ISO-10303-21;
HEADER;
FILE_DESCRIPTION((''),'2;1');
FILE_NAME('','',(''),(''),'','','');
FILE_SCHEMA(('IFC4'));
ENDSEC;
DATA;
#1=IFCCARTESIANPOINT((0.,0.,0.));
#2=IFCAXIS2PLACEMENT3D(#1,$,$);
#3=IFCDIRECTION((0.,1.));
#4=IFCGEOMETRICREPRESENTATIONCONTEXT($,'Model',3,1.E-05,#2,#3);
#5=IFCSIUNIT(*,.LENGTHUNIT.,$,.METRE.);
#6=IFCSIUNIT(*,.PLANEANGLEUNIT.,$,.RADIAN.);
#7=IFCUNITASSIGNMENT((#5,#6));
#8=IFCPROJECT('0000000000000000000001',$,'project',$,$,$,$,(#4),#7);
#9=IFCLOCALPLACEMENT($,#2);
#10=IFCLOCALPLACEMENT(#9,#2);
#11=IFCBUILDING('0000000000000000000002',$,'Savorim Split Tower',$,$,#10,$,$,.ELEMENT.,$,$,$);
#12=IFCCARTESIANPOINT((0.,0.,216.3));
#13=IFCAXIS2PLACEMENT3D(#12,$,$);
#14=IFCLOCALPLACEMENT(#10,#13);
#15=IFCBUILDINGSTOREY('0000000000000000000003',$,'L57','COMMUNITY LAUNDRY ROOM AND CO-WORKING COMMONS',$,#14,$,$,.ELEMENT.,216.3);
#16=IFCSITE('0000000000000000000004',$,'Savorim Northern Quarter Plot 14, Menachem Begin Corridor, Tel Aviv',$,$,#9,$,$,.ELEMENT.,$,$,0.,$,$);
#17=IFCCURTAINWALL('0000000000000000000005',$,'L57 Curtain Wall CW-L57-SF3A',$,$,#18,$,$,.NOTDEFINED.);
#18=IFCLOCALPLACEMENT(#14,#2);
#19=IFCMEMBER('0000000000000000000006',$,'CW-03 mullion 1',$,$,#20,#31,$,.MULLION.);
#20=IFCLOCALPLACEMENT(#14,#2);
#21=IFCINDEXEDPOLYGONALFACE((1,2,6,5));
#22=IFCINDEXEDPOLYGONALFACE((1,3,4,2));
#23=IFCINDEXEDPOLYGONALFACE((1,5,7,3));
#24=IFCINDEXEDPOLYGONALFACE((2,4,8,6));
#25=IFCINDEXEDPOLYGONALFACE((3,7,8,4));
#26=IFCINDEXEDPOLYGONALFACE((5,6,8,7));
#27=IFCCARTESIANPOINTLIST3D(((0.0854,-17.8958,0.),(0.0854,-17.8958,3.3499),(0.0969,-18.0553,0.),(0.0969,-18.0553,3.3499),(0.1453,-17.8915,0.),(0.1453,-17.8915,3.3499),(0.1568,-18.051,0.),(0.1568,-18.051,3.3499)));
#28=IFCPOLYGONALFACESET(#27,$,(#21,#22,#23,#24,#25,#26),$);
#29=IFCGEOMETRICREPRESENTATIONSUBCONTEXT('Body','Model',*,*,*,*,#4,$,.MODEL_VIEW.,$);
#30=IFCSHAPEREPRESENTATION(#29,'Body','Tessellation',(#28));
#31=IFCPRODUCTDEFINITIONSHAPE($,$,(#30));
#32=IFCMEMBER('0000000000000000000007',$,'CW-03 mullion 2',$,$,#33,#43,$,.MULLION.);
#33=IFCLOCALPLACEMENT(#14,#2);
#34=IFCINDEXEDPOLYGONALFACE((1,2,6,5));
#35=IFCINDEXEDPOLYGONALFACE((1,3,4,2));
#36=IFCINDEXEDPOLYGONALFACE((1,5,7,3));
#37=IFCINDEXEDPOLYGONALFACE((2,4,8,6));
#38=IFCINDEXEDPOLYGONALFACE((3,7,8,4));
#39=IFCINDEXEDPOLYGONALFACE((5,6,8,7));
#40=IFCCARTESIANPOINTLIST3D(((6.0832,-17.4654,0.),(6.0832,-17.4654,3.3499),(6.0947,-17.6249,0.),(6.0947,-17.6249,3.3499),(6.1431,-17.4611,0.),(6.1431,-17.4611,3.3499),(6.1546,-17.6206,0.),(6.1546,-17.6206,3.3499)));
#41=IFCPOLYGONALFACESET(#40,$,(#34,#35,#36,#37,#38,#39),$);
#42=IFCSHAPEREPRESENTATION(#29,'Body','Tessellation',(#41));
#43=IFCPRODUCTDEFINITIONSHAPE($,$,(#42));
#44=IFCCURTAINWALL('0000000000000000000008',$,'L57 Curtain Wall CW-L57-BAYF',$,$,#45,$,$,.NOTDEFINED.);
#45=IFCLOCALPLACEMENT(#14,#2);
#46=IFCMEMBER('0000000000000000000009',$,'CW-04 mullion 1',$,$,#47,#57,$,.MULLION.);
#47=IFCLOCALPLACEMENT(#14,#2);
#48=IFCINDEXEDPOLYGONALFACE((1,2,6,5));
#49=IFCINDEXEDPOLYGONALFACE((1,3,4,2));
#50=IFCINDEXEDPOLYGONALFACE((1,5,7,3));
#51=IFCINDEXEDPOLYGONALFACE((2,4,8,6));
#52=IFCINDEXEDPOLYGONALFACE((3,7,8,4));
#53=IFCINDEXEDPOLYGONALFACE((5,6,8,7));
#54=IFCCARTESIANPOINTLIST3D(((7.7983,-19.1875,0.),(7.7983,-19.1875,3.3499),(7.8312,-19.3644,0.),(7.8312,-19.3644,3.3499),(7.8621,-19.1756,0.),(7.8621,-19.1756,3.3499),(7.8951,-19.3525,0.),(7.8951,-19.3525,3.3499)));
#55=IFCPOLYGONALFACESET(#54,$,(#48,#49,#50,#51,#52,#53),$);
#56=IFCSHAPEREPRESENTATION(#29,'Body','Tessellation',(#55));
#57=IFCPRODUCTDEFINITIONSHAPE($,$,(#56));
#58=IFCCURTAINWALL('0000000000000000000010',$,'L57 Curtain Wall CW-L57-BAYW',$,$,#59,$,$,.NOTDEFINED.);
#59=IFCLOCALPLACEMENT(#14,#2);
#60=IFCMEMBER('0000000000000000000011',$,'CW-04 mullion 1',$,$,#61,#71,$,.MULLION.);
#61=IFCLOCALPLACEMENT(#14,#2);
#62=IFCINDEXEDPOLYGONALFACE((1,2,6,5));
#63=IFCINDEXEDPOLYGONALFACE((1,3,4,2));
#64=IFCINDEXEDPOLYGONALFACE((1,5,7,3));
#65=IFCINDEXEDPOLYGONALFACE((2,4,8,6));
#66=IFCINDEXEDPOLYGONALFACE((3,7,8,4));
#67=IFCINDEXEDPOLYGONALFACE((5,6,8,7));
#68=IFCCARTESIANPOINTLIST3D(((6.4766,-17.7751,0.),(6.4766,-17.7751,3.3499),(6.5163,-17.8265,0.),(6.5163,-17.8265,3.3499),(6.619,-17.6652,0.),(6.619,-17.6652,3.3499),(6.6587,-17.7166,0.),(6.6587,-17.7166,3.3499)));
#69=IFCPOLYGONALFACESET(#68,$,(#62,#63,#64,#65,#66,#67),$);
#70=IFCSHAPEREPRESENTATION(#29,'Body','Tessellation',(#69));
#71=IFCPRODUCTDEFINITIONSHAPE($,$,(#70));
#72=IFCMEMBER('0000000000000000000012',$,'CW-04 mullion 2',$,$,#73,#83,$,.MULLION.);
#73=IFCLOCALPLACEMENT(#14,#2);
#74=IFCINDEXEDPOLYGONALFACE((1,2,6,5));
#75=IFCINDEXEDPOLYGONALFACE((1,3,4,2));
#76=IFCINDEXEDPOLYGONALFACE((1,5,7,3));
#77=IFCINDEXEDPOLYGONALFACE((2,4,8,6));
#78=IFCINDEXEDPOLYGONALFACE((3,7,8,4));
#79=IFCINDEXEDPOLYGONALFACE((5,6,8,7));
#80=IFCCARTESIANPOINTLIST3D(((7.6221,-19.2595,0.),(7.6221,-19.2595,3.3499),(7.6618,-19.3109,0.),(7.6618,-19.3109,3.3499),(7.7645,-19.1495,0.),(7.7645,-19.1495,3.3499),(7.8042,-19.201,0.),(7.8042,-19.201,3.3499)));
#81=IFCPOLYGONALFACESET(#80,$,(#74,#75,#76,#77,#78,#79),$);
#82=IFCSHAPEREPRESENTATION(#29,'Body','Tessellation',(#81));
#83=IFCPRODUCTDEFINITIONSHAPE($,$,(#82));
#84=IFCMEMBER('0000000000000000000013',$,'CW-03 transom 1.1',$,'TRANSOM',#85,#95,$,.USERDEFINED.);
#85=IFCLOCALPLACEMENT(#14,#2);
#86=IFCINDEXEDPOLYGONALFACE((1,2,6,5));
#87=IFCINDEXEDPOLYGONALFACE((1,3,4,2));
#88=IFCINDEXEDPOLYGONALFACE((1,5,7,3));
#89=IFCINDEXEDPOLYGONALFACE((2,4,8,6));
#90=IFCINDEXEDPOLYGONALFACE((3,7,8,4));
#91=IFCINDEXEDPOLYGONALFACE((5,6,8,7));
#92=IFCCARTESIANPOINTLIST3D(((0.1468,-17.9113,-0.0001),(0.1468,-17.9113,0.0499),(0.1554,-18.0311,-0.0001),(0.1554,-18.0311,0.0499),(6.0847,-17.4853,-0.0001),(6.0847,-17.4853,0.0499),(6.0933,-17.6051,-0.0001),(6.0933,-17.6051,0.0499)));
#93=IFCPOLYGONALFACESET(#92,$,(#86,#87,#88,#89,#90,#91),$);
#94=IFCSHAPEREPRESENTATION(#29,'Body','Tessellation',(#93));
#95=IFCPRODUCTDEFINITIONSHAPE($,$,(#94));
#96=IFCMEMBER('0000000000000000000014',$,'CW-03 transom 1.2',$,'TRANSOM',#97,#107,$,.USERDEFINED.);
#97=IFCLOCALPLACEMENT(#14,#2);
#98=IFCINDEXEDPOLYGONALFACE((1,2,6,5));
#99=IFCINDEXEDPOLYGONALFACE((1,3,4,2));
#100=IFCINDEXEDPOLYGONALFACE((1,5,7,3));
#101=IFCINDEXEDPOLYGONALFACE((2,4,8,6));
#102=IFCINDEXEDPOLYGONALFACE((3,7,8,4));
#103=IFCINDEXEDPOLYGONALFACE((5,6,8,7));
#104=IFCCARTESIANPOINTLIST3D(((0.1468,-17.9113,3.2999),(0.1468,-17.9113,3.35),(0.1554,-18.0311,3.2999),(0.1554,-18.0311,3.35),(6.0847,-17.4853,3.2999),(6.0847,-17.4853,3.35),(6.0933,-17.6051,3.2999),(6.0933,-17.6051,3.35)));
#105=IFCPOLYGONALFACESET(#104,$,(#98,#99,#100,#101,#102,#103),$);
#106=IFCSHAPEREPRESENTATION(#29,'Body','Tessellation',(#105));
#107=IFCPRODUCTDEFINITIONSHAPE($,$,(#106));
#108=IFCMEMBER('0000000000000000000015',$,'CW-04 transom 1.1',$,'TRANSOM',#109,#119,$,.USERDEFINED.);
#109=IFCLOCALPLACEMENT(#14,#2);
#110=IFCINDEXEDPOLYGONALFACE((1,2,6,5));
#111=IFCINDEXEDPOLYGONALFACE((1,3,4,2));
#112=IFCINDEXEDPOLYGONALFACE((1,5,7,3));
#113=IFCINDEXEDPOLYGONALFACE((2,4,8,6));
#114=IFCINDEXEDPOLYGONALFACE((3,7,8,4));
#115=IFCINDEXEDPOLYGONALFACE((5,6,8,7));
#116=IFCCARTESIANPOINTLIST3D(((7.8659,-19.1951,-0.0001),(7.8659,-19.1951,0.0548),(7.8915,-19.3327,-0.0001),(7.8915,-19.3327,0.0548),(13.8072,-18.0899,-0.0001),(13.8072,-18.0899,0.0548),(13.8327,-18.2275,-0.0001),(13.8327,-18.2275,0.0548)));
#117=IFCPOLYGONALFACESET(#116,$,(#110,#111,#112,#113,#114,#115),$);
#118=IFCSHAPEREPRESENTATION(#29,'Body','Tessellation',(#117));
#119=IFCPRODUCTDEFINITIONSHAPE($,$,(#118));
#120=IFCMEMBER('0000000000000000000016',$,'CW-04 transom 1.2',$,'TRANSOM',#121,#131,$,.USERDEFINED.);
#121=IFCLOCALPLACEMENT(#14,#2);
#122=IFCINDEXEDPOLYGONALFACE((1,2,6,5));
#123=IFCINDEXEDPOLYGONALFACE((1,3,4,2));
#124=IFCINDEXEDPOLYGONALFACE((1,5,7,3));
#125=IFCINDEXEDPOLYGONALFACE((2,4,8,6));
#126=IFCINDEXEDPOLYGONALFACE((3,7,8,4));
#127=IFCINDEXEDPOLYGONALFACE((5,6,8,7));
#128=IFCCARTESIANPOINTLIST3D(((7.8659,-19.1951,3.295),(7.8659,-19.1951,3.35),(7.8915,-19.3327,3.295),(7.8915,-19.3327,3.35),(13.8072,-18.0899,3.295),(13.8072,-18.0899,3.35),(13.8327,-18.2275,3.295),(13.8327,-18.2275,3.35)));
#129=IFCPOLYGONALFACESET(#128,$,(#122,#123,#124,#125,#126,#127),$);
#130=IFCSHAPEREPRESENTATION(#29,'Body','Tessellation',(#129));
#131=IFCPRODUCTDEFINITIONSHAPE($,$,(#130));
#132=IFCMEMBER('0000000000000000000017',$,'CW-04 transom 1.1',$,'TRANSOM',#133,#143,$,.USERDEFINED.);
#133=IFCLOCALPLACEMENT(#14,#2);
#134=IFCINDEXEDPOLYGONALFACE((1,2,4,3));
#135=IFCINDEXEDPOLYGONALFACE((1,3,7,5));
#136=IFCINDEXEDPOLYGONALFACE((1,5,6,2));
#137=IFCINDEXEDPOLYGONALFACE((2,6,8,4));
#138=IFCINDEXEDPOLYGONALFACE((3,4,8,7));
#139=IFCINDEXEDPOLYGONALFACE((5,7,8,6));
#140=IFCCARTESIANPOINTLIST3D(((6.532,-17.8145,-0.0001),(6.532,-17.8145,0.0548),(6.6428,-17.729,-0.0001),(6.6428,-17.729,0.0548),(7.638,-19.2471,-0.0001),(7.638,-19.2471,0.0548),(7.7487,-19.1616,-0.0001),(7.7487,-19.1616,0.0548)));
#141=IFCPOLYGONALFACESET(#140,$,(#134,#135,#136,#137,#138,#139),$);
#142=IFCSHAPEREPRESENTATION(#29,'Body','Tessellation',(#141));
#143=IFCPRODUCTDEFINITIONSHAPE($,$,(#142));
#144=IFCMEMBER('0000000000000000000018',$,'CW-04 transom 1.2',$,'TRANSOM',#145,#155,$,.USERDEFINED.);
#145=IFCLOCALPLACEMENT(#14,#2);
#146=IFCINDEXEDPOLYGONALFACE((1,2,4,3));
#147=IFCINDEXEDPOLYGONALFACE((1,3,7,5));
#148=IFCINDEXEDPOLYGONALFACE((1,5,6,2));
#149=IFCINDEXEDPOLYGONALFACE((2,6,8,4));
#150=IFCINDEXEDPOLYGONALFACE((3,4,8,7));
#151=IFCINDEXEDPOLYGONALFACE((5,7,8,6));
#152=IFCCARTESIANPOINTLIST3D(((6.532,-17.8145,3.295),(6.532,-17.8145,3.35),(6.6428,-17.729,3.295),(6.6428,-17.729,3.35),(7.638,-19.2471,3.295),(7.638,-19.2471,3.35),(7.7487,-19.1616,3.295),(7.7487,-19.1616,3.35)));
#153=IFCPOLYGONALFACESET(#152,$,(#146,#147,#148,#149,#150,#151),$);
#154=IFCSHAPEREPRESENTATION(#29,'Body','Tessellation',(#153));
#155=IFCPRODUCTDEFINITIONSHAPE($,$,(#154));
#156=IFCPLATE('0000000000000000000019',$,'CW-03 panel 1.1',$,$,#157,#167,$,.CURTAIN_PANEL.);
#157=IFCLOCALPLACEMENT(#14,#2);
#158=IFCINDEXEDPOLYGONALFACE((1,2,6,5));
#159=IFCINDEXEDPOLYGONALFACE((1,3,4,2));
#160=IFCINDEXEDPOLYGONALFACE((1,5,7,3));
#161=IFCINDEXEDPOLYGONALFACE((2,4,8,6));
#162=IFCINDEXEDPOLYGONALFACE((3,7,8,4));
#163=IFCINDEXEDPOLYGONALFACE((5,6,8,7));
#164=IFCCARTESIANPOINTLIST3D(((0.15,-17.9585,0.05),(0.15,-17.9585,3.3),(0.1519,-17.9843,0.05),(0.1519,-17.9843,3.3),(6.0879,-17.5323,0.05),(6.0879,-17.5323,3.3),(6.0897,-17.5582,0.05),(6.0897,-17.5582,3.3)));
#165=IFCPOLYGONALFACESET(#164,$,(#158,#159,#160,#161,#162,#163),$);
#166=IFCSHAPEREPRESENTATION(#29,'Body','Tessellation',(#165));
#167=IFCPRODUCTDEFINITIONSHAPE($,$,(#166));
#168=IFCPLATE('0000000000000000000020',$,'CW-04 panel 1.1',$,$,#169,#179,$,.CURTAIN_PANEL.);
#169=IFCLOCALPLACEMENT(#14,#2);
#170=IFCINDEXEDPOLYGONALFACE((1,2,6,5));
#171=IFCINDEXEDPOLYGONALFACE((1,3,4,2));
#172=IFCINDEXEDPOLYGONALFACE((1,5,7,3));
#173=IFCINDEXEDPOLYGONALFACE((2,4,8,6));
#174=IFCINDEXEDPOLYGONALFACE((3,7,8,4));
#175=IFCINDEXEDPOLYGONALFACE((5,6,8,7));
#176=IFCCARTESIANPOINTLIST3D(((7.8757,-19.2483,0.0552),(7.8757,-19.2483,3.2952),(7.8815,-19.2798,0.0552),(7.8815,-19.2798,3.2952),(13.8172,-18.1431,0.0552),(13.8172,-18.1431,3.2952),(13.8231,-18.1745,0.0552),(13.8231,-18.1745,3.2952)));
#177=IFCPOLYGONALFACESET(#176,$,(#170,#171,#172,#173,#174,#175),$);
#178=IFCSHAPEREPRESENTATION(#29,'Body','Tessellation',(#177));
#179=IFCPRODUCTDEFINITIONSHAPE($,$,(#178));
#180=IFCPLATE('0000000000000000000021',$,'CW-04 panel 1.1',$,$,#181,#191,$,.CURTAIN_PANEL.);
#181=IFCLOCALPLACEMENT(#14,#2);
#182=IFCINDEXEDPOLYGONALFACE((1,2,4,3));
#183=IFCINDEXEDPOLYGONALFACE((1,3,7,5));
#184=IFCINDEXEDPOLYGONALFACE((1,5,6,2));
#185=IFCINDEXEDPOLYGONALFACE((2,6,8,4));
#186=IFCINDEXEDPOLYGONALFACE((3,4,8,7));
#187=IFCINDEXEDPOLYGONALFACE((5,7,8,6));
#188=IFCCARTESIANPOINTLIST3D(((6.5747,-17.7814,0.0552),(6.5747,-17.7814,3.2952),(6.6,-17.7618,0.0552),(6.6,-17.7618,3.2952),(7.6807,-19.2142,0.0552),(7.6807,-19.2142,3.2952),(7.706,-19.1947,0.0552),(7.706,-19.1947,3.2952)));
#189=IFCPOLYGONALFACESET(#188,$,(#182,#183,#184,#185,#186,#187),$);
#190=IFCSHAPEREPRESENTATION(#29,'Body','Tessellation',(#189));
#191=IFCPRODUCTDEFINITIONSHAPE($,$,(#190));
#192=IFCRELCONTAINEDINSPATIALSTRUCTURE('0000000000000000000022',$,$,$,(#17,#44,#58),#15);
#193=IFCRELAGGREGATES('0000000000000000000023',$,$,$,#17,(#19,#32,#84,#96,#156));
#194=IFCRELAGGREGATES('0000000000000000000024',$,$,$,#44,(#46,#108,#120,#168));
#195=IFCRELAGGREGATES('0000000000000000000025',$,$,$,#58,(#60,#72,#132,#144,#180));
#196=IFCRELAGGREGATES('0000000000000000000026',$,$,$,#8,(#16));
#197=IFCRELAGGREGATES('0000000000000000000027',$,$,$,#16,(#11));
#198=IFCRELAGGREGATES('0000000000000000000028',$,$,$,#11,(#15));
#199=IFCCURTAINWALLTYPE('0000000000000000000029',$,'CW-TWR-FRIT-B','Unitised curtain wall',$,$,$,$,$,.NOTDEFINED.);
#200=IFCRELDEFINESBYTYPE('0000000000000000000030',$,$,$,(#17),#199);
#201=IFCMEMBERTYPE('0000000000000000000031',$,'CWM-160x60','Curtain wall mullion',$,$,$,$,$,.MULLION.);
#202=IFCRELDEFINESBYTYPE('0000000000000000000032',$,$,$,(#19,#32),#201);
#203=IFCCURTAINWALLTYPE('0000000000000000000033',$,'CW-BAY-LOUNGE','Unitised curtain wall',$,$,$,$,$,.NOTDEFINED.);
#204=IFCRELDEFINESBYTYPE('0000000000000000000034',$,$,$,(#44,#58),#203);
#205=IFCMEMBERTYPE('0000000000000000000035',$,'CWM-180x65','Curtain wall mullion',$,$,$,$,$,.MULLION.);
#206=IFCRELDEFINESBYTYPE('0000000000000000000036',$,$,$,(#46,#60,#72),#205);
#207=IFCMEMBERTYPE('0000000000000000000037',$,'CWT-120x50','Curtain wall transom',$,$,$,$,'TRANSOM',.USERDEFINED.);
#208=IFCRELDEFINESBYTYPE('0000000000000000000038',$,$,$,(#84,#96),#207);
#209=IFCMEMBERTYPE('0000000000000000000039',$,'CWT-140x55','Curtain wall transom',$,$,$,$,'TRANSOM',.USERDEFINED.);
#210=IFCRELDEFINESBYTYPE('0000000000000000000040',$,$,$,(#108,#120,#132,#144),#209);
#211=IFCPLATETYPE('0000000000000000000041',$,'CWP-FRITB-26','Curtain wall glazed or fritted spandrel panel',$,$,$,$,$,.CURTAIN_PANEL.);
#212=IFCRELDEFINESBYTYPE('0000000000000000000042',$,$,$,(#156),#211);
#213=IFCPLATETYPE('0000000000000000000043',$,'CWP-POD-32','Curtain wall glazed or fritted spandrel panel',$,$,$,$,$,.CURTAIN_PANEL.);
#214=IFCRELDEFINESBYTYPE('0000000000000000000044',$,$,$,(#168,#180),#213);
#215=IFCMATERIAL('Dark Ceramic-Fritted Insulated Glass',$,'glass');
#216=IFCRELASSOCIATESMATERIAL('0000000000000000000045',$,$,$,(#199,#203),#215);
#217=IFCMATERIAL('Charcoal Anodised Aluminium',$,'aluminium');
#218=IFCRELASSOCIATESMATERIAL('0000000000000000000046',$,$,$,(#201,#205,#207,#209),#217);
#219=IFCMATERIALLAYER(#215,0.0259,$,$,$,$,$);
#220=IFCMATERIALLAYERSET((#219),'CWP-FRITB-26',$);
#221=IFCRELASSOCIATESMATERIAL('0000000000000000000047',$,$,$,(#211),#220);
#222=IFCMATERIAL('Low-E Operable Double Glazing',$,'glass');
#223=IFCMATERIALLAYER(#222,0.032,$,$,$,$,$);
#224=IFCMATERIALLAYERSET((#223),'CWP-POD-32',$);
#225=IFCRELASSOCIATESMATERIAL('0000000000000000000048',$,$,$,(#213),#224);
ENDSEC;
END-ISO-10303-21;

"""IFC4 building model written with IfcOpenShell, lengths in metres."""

from ifc_helpers import new_model, si_unit, direction, frame, origin, origin_2d, place, context, subcontext, project, spatial, rectangle, extrude, material, layer, layer_set, material_profile, profile_set, type_object, element, aggregate, save


model = new_model("IFC4")

# Units and contexts
model_context = context("Model", 3, precision=1e-05, world=origin(), true_north=direction((0.0, 1.0)))
body_context = subcontext(model_context, "Body", "Model", "MODEL_VIEW")
ifc_project = project(units=[si_unit("LENGTHUNIT", "METRE"), si_unit("PLANEANGLEUNIT", "RADIAN")], contexts=[model_context])

# Site, building, storey
site_placement = place(None, origin())
site = spatial("IfcSite", under=ifc_project, at=site_placement, Name="Savorim Northern Quarter Plot 14, Menachem Begin Corridor, Tel Aviv", CompositionType="ELEMENT", RefElevation=0.0)
building_placement = place(site_placement, origin())
building = spatial("IfcBuilding", under=site, at=building_placement, Name="Savorim Split Tower", CompositionType="ELEMENT")
storey_placement = place(building_placement, frame((0.0, 0.0, 216.3)))
storey = spatial("IfcBuildingStorey", under=building, at=storey_placement, Name="L57", Description="COMMUNITY LAUNDRY ROOM AND CO-WORKING COMMONS", CompositionType="ELEMENT", Elevation=216.3)

# Curtain wall, members
ifc_material_1 = material(Name="Dark Ceramic-Fritted Insulated Glass", Category="glass")
curtain_wall_type_1 = type_object("IfcCurtainWallType", Name="CW-TWR-FRIT-B", Description="Unitised curtain wall", PredefinedType="NOTDEFINED", material=ifc_material_1)
curtain_wall_1_placement = place(storey_placement, origin())
curtain_wall_1 = element("IfcCurtainWall", 1, at=curtain_wall_1_placement, inside=storey, type_object=curtain_wall_type_1, Name="L57 Curtain Wall CW-L57-SF3A", PredefinedType="NOTDEFINED")
ifc_material_2 = material(Name="Charcoal Anodised Aluminium", Category="aluminium")
ifc_material_profile_1 = material_profile(ifc_material_2, rectangle(XDim=0.1599, YDim=0.0601, at=origin_2d()), Name="ALU-M 160x60")
ifc_profile_set_1 = profile_set([ifc_material_profile_1], Name="Charcoal Anodised Aluminium")
member_type_1 = type_object("IfcMemberType", Name="CWM-160x60", Description="Curtain wall mullion", PredefinedType="MULLION", material=ifc_profile_set_1)
member_1_placement = place(storey_placement, frame((0.1211, -17.9734, 0.0), z_axis=(0.0, 0.0, 1.0), x_axis=(-0.071578, 0.997435, 0.0)))
member_1 = element("IfcMember", 2, at=member_1_placement, type_object=member_type_1, Name="CW-03 mullion 1", PredefinedType="MULLION", context=body_context, shape_type="SweptSolid", body=[
    extrude(rectangle(XDim=0.1599, YDim=0.0601, at=origin_2d()), origin(), (0.0, 0.0, 1.0), 3.3499),
])
member_2_placement = place(storey_placement, frame((6.1189, -17.543, 0.0), z_axis=(0.0, 0.0, 1.0), x_axis=(-0.071578, 0.997435, 0.0)))
member_2 = element("IfcMember", 3, at=member_2_placement, type_object=member_type_1, Name="CW-03 mullion 2", PredefinedType="MULLION", context=body_context, shape_type="SweptSolid", body=[
    extrude(rectangle(XDim=0.1599, YDim=0.0601, at=origin_2d()), origin(), (0.0, 0.0, 1.0), 3.3499),
])

# Curtain wall, member
curtain_wall_type_2 = type_object("IfcCurtainWallType", Name="CW-BAY-LOUNGE", Description="Unitised curtain wall", PredefinedType="NOTDEFINED", material=ifc_material_1)
curtain_wall_2_placement = place(storey_placement, origin())
curtain_wall_2 = element("IfcCurtainWall", 4, at=curtain_wall_2_placement, inside=storey, type_object=curtain_wall_type_2, Name="L57 Curtain Wall CW-L57-BAYF", PredefinedType="NOTDEFINED")
ifc_material_profile_2 = material_profile(ifc_material_2, rectangle(XDim=0.1799, YDim=0.0649, at=origin_2d()), Name="ALU-M 180x65")
ifc_profile_set_2 = profile_set([ifc_material_profile_2], Name="Charcoal Anodised Aluminium")
member_type_2 = type_object("IfcMemberType", Name="CWM-180x65", Description="Curtain wall mullion", PredefinedType="MULLION", material=ifc_profile_set_2)
member_3_placement = place(storey_placement, frame((7.8467, -19.27, 0.0), z_axis=(0.0, 0.0, 1.0), x_axis=(-0.182878, 0.983136, 0.0)))
member_3 = element("IfcMember", 5, at=member_3_placement, type_object=member_type_2, Name="CW-04 mullion 1", PredefinedType="MULLION", context=body_context, shape_type="SweptSolid", body=[
    extrude(rectangle(XDim=0.1799, YDim=0.0649, at=origin_2d()), origin(), (0.0, 0.0, 1.0), 3.3499),
])

# Curtain wall, members
curtain_wall_3_placement = place(storey_placement, origin())
curtain_wall_3 = element("IfcCurtainWall", 6, at=curtain_wall_3_placement, inside=storey, type_object=curtain_wall_type_2, Name="L57 Curtain Wall CW-L57-BAYW", PredefinedType="NOTDEFINED")
member_4_placement = place(storey_placement, frame((6.5676, -17.7458, 0.0), z_axis=(0.0, 0.0, 1.0), x_axis=(0.791603, 0.611035, 0.0)))
member_4 = element("IfcMember", 7, at=member_4_placement, type_object=member_type_2, Name="CW-04 mullion 1", PredefinedType="MULLION", context=body_context, shape_type="SweptSolid", body=[
    extrude(rectangle(XDim=0.1799, YDim=0.0649, at=origin_2d()), origin(), (0.0, 0.0, 1.0), 3.3499),
])
member_5_placement = place(storey_placement, frame((7.7131, -19.2302, 0.0), z_axis=(0.0, 0.0, 1.0), x_axis=(0.791603, 0.611035, 0.0)))
member_5 = element("IfcMember", 8, at=member_5_placement, type_object=member_type_2, Name="CW-04 mullion 2", PredefinedType="MULLION", context=body_context, shape_type="SweptSolid", body=[
    extrude(rectangle(XDim=0.1799, YDim=0.0649, at=origin_2d()), origin(), (0.0, 0.0, 1.0), 3.3499),
])

# Members
ifc_material_profile_3 = material_profile(ifc_material_2, rectangle(XDim=0.1201, YDim=0.05, at=origin_2d()), Name="ALU-T 120x50")
ifc_profile_set_3 = profile_set([ifc_material_profile_3], Name="Charcoal Anodised Aluminium")
member_type_3 = type_object("IfcMemberType", Name="CWT-120x50", Description="Curtain wall transom", ElementType="TRANSOM", PredefinedType="USERDEFINED", material=ifc_profile_set_3)
member_6_placement = place(storey_placement, frame((0.1511, -17.9712, 0.0249), z_axis=(0.997436, 0.071565, 0.0), x_axis=(-0.071565, 0.997436, 0.0)))
member_6 = element("IfcMember", 9, at=member_6_placement, type_object=member_type_3, Name="CW-03 transom 1.1", ObjectType="TRANSOM", PredefinedType="USERDEFINED", context=body_context, shape_type="SweptSolid", body=[
    extrude(rectangle(XDim=0.1201, YDim=0.05, at=origin_2d()), origin(), (0.0, 0.0, 1.0), 5.9531),
])
member_7_placement = place(storey_placement, frame((0.1511, -17.9712, 3.325), z_axis=(0.997436, 0.071565, 0.0), x_axis=(-0.071565, 0.997436, 0.0)))
member_7 = element("IfcMember", 10, at=member_7_placement, type_object=member_type_3, Name="CW-03 transom 1.2", ObjectType="TRANSOM", PredefinedType="USERDEFINED", context=body_context, shape_type="SweptSolid", body=[
    extrude(rectangle(XDim=0.1201, YDim=0.05, at=origin_2d()), origin(), (0.0, 0.0, 1.0), 5.9531),
])
ifc_material_profile_4 = material_profile(ifc_material_2, rectangle(XDim=0.1399, YDim=0.0549, at=origin_2d()), Name="ALU-T 140x55")
ifc_profile_set_4 = profile_set([ifc_material_profile_4], Name="Charcoal Anodised Aluminium")
member_type_4 = type_object("IfcMemberType", Name="CWT-140x55", Description="Curtain wall transom", ElementType="TRANSOM", PredefinedType="USERDEFINED", material=ifc_profile_set_4)
member_8_placement = place(storey_placement, frame((7.8787, -19.2639, 0.0273), z_axis=(0.983135, 0.182883, 0.0), x_axis=(-0.182883, 0.983135, 0.0)))
member_8 = element("IfcMember", 11, at=member_8_placement, type_object=member_type_4, Name="CW-04 transom 1.1", ObjectType="TRANSOM", PredefinedType="USERDEFINED", context=body_context, shape_type="SweptSolid", body=[
    extrude(rectangle(XDim=0.1399, YDim=0.0549, at=origin_2d()), origin(), (0.0, 0.0, 1.0), 6.0432),
])
member_9_placement = place(storey_placement, frame((7.8787, -19.2639, 3.3225), z_axis=(0.983135, 0.182883, 0.0), x_axis=(-0.182883, 0.983135, 0.0)))
member_9 = element("IfcMember", 12, at=member_9_placement, type_object=member_type_4, Name="CW-04 transom 1.2", ObjectType="TRANSOM", PredefinedType="USERDEFINED", context=body_context, shape_type="SweptSolid", body=[
    extrude(rectangle(XDim=0.1399, YDim=0.0549, at=origin_2d()), origin(), (0.0, 0.0, 1.0), 6.0432),
])
member_10_placement = place(storey_placement, frame((6.5874, -17.7717, 0.0273), z_axis=(0.611079, -0.79157, 0.0), x_axis=(0.79157, 0.611079, 0.0)))
member_10 = element("IfcMember", 13, at=member_10_placement, type_object=member_type_4, Name="CW-04 transom 1.1", ObjectType="TRANSOM", PredefinedType="USERDEFINED", context=body_context, shape_type="SweptSolid", body=[
    extrude(rectangle(XDim=0.1399, YDim=0.0549, at=origin_2d()), origin(), (0.0, 0.0, 1.0), 1.8098),
])
member_11_placement = place(storey_placement, frame((6.5874, -17.7717, 3.3225), z_axis=(0.611079, -0.79157, 0.0), x_axis=(0.79157, 0.611079, 0.0)))
member_11 = element("IfcMember", 14, at=member_11_placement, type_object=member_type_4, Name="CW-04 transom 1.2", ObjectType="TRANSOM", PredefinedType="USERDEFINED", context=body_context, shape_type="SweptSolid", body=[
    extrude(rectangle(XDim=0.1399, YDim=0.0549, at=origin_2d()), origin(), (0.0, 0.0, 1.0), 1.8098),
])

# Plates
ifc_layer_1 = layer(ifc_material_1, 0.0259)
ifc_layer_set_1 = layer_set([ifc_layer_1], Name="CWP-FRITB-26")
plate_type_1 = type_object("IfcPlateType", Name="CWP-FRITB-26", Description="Curtain wall glazed or fritted spandrel panel", PredefinedType="CURTAIN_PANEL", material=ifc_layer_set_1)
plate_1_placement = place(storey_placement, frame((3.1199, -17.7583, 0.05), z_axis=(0.0, 0.0, 1.0), x_axis=(0.997435, 0.071578, 0.0)))
plate_1 = element("IfcPlate", 15, at=plate_1_placement, type_object=plate_type_1, Name="CW-03 panel 1.1", PredefinedType="CURTAIN_PANEL", context=body_context, shape_type="SweptSolid", body=[
    extrude(rectangle(XDim=5.9531, YDim=0.0259, at=origin_2d()), origin(), (0.0, 0.0, 1.0), 3.25),
])
aggregate(curtain_wall_1, [member_1, member_2, member_6, member_7, plate_1])
ifc_material_3 = material(Name="Low-E Operable Double Glazing", Category="glass")
ifc_layer_2 = layer(ifc_material_3, 0.032)
ifc_layer_set_2 = layer_set([ifc_layer_2], Name="CWP-POD-32")
plate_type_2 = type_object("IfcPlateType", Name="CWP-POD-32", Description="Curtain wall glazed or fritted spandrel panel", PredefinedType="CURTAIN_PANEL", material=ifc_layer_set_2)
plate_2_placement = place(storey_placement, frame((10.8494, -18.7114, 0.0552), z_axis=(0.0, 0.0, 1.0), x_axis=(0.983136, 0.182878, 0.0)))
plate_2 = element("IfcPlate", 16, at=plate_2_placement, type_object=plate_type_2, Name="CW-04 panel 1.1", PredefinedType="CURTAIN_PANEL", context=body_context, shape_type="SweptSolid", body=[
    extrude(rectangle(XDim=6.0435, YDim=0.032, at=origin_2d()), origin(), (0.0, 0.0, 1.0), 3.24),
])
aggregate(curtain_wall_2, [member_3, member_8, member_9, plate_2])
plate_3_placement = place(storey_placement, frame((7.1404, -18.488, 0.0552), z_axis=(0.0, 0.0, 1.0), x_axis=(0.611035, -0.791603, 0.0)))
plate_3 = element("IfcPlate", 17, at=plate_3_placement, type_object=plate_type_2, Name="CW-04 panel 1.1", PredefinedType="CURTAIN_PANEL", context=body_context, shape_type="SweptSolid", body=[
    extrude(rectangle(XDim=1.8101, YDim=0.032, at=origin_2d()), origin(), (0.0, 0.0, 1.0), 3.24),
])
aggregate(curtain_wall_3, [member_4, member_5, member_10, member_11, plate_3])

save(model, "model.ifc")
